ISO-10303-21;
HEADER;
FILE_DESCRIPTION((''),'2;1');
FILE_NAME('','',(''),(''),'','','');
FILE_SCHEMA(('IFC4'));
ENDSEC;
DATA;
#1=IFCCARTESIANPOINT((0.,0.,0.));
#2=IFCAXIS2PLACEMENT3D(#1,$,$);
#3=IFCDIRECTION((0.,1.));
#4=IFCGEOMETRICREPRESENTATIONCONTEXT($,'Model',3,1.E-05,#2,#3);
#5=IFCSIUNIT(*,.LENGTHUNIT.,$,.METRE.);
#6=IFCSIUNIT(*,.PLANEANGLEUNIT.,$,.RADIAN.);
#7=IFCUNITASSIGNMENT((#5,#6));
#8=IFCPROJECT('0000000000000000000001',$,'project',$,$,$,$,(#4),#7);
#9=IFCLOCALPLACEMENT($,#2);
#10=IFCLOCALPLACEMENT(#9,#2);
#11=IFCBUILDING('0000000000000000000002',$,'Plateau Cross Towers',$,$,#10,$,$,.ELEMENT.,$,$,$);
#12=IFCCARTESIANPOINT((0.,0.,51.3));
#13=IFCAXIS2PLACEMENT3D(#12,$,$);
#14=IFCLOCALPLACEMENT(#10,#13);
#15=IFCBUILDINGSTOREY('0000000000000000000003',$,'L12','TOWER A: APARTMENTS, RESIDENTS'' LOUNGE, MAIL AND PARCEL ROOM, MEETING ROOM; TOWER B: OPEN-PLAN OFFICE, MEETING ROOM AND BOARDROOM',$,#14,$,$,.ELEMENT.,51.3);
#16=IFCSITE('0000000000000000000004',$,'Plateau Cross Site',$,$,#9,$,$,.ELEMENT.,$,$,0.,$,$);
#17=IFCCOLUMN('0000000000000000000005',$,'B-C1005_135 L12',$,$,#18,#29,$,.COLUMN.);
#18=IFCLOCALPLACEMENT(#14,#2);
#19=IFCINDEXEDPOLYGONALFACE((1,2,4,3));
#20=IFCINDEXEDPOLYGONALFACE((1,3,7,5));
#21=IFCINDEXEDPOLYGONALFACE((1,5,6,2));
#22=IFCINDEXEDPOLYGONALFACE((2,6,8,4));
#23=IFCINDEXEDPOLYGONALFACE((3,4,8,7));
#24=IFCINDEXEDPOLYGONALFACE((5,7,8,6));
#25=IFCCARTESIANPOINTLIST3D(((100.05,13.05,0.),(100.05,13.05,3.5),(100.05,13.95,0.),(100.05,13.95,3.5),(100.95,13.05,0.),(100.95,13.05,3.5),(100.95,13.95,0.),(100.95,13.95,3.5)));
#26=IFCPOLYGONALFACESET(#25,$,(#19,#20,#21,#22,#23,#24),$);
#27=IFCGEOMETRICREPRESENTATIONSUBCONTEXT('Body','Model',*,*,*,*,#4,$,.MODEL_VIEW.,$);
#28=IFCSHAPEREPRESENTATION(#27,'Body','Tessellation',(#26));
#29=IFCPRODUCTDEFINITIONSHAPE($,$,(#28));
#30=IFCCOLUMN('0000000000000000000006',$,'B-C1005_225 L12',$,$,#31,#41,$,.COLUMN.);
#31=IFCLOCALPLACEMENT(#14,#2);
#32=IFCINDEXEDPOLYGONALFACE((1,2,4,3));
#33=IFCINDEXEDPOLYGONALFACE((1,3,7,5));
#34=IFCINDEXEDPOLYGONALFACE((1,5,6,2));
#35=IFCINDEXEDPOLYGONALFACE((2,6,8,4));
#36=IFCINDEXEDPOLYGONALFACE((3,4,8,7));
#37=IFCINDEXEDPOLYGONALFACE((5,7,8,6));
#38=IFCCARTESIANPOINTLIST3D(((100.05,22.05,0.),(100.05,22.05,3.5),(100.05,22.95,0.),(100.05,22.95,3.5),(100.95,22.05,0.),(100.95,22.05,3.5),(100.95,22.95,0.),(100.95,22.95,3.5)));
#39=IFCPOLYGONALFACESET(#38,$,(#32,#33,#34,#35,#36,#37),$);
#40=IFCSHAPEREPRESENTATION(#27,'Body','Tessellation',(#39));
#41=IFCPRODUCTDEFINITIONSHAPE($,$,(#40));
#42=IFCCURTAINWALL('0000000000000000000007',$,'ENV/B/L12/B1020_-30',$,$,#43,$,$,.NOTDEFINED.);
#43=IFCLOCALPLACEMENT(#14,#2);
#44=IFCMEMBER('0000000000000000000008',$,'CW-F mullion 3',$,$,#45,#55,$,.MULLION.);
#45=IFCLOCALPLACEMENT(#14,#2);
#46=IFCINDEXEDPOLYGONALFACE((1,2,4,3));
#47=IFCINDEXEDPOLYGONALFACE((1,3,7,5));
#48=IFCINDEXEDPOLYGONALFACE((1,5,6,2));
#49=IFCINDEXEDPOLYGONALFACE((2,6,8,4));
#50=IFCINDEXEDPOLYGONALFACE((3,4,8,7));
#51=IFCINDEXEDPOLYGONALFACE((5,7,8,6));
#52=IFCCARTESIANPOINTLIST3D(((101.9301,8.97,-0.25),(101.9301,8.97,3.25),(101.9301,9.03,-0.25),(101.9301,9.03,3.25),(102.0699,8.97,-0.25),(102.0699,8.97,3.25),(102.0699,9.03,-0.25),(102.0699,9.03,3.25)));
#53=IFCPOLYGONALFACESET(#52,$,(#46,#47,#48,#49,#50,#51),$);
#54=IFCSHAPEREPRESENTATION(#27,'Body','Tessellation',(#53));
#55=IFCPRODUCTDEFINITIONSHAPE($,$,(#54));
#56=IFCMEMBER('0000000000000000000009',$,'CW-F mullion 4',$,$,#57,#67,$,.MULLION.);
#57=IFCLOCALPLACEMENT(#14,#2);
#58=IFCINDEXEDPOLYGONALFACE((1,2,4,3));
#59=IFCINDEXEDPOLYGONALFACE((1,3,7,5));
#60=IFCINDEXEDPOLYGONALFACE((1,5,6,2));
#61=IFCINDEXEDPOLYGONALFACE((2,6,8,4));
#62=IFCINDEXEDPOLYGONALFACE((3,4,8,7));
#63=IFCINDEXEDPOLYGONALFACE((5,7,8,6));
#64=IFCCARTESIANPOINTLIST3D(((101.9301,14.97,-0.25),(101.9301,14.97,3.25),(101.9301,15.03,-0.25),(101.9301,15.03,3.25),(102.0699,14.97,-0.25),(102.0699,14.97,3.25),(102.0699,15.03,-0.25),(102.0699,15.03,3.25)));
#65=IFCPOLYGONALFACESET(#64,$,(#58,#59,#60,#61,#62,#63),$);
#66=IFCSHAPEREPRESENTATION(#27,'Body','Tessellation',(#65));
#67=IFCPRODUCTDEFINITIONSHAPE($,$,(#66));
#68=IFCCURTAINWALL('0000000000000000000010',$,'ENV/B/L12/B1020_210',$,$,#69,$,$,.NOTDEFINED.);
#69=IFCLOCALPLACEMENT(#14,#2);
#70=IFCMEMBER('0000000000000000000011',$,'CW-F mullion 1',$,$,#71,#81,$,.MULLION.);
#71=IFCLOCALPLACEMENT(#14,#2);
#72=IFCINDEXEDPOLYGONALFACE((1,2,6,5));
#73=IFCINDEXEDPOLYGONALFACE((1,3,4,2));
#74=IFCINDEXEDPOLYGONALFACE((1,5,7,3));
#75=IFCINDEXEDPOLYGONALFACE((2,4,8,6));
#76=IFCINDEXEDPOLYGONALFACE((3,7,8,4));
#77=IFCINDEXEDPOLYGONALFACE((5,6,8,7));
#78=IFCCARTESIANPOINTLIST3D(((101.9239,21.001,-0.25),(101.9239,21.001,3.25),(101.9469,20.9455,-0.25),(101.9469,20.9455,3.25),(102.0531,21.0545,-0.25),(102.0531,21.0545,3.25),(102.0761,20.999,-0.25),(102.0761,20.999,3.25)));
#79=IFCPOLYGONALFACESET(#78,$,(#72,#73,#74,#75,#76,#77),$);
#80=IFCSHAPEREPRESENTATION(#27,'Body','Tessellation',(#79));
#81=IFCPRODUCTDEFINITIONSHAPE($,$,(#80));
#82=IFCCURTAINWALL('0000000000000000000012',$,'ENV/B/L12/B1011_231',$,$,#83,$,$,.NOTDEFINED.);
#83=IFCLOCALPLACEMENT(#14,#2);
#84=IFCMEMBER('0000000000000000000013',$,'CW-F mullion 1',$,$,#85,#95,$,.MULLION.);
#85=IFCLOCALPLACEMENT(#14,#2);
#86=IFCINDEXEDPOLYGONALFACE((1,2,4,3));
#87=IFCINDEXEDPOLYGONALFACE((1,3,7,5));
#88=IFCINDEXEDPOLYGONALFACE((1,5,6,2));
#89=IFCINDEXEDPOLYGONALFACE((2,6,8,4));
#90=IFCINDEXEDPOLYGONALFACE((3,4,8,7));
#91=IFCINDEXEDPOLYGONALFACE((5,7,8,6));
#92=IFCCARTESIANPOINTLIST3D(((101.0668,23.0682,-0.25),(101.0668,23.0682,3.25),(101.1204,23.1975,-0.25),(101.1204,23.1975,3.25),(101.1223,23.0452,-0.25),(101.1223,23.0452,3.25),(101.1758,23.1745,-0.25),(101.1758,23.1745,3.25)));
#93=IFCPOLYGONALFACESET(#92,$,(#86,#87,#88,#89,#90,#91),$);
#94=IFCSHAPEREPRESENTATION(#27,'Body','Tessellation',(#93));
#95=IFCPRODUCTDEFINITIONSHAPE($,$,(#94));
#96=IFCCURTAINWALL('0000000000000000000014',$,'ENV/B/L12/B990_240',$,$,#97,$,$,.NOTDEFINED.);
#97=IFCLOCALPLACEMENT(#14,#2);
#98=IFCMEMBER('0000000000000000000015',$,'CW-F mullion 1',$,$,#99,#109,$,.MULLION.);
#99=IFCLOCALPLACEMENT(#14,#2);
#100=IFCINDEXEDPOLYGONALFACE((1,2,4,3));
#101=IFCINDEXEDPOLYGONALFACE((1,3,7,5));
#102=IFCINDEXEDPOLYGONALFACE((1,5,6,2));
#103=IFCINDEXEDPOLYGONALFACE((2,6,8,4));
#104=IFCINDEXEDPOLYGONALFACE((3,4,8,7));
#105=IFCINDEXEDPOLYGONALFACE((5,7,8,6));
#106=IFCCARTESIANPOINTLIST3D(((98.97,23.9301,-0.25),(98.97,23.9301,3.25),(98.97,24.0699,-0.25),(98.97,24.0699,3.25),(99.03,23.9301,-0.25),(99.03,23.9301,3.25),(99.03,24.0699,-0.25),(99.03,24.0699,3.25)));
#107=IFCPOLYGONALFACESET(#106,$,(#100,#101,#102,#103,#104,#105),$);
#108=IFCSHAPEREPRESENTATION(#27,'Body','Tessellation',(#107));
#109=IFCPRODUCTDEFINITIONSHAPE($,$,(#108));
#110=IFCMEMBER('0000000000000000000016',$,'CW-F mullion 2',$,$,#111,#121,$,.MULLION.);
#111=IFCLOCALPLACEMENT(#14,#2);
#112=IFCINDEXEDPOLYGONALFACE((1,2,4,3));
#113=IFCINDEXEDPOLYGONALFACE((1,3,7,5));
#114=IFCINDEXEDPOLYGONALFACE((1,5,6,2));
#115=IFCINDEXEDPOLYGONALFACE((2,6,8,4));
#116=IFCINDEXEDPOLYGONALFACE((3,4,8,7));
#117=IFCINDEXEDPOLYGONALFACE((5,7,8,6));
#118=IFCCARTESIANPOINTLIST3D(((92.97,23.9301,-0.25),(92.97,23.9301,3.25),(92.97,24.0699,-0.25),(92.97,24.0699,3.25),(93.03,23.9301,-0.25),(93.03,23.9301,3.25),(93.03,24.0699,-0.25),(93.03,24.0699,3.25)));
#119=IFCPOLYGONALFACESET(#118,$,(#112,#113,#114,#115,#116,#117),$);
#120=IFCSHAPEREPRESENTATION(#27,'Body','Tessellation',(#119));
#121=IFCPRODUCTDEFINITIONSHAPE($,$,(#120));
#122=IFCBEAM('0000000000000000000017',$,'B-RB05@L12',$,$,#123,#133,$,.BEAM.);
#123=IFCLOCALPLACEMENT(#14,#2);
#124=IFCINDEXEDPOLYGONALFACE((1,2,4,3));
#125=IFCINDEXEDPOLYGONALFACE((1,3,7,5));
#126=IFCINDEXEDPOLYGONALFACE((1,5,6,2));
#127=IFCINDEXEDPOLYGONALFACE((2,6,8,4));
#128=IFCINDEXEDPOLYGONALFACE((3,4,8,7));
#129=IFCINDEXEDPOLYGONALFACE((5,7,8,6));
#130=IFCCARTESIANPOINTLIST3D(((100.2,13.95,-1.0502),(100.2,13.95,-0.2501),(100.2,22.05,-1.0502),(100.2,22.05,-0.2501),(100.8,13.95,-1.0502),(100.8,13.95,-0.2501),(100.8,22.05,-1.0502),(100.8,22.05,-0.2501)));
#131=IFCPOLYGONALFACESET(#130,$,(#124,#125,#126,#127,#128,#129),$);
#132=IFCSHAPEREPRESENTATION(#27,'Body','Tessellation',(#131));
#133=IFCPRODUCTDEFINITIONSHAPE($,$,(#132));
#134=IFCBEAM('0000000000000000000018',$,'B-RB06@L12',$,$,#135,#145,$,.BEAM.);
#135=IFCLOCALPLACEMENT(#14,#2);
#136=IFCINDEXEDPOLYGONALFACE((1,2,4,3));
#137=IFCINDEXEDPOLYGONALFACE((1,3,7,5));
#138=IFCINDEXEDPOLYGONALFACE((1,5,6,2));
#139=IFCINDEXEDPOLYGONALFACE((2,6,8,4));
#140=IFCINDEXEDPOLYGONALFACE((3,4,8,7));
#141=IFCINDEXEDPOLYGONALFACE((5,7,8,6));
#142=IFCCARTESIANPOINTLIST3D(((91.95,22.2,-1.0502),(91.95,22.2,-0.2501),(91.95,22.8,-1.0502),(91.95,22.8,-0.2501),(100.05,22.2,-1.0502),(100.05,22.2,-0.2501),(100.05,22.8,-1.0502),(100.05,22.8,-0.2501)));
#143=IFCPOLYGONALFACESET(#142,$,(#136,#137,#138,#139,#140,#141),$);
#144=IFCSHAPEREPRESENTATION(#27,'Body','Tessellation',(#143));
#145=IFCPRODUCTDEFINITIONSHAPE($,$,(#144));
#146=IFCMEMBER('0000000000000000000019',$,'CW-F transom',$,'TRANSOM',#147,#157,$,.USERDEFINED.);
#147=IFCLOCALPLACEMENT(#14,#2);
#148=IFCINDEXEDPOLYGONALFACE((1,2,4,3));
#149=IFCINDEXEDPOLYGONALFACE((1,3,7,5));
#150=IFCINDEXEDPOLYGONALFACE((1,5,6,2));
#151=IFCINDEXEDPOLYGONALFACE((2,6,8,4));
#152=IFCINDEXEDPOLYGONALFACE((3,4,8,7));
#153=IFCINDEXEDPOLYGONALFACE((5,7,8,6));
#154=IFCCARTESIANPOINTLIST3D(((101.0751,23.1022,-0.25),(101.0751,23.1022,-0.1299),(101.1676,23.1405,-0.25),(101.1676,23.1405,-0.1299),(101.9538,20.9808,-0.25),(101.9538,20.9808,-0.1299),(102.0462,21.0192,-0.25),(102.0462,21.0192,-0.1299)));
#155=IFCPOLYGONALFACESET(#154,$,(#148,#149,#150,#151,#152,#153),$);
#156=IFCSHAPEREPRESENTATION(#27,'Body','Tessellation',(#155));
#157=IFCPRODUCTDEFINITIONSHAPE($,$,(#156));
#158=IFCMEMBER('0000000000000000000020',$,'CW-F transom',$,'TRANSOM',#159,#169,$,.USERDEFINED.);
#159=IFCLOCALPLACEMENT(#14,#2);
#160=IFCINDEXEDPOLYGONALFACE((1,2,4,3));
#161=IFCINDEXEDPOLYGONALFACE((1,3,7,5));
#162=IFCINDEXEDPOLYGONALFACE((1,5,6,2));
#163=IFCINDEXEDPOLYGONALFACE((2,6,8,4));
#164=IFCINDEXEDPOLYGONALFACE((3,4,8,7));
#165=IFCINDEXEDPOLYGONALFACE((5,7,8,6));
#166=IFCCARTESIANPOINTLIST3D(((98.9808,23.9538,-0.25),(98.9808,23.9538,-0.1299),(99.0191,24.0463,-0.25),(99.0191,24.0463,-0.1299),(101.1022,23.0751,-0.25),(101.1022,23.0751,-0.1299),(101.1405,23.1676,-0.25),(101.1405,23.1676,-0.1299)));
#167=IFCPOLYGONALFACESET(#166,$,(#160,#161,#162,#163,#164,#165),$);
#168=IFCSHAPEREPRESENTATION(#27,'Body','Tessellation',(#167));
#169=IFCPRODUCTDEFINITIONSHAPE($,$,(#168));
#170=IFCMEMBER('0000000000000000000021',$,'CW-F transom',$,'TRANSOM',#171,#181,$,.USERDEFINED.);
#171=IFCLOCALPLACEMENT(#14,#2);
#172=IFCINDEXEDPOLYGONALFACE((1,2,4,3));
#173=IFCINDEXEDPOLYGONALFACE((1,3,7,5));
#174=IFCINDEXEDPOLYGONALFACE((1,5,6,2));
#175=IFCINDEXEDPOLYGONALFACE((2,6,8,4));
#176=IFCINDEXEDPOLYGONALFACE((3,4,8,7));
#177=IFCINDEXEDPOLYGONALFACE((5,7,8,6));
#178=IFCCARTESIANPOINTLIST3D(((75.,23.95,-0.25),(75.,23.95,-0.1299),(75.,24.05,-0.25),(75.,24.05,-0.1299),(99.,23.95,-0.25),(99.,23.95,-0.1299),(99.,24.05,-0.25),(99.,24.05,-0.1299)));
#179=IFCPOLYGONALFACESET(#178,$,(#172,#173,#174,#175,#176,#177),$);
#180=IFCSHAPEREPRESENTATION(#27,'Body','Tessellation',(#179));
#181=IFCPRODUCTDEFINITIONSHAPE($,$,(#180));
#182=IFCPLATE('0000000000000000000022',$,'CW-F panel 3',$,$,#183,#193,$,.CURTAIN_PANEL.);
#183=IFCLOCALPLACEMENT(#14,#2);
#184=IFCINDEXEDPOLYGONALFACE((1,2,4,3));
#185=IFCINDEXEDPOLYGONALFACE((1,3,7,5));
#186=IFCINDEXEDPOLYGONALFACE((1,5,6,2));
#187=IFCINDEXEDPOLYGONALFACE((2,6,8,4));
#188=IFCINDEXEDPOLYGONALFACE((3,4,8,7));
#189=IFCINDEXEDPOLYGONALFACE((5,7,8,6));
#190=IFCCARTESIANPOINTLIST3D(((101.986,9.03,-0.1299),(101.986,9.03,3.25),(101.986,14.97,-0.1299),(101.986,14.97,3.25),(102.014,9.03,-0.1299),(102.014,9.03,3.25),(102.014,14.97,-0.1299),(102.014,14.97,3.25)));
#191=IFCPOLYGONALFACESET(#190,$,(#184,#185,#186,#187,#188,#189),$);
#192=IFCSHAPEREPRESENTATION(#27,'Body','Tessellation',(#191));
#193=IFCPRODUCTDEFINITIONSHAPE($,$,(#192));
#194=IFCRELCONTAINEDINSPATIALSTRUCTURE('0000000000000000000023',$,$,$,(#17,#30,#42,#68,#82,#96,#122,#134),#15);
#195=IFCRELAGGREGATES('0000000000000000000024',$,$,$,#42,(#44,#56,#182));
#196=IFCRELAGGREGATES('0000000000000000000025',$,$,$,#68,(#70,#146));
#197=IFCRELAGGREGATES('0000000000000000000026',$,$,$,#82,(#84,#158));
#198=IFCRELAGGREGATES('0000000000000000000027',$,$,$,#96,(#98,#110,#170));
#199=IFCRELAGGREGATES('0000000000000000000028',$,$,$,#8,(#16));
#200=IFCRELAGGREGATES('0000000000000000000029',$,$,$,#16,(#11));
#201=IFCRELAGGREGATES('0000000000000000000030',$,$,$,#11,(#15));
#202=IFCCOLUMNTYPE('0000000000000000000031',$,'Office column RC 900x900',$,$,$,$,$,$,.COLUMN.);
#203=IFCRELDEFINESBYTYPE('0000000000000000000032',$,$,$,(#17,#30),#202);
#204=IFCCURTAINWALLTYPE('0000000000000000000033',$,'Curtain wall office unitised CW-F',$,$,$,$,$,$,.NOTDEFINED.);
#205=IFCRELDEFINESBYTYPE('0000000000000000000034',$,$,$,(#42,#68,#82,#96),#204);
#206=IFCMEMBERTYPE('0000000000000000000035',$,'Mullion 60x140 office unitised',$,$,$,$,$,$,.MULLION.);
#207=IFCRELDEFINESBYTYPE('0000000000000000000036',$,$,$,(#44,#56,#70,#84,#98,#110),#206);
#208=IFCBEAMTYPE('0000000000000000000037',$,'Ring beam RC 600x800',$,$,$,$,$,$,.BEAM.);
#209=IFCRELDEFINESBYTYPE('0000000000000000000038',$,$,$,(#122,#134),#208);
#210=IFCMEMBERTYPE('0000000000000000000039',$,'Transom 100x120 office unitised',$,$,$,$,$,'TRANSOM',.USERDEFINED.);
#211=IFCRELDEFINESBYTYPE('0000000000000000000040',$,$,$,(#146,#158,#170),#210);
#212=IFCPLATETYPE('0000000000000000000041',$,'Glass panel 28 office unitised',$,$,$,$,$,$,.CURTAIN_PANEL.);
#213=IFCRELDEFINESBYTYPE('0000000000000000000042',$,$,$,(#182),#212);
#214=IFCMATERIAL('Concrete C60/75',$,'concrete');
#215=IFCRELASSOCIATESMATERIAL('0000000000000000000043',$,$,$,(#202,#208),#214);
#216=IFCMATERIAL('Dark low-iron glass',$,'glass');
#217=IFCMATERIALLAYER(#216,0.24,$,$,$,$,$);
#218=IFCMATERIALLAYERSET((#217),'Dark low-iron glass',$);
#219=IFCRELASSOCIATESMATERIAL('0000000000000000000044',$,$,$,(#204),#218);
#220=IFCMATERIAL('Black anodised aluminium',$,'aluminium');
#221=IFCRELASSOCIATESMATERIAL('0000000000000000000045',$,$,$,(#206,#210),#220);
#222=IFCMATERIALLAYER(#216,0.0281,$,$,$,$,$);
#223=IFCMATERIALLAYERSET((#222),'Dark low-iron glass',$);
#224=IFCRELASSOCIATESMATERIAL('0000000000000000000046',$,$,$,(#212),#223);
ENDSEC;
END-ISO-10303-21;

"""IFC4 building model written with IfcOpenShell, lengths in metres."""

from ifc_helpers import new_model, si_unit, direction, frame, origin, origin_2d, place, context, subcontext, project, spatial, rectangle, extrude, material, layer, layer_set, material_profile, profile_set, type_object, element, aggregate, save


model = new_model("IFC4")

# Units and contexts
model_context = context("Model", 3, precision=1e-05, world=origin(), true_north=direction((0.0, 1.0)))
body_context = subcontext(model_context, "Body", "Model", "MODEL_VIEW")
ifc_project = project(units=[si_unit("LENGTHUNIT", "METRE"), si_unit("PLANEANGLEUNIT", "RADIAN")], contexts=[model_context])

# Site, building, storey
site_placement = place(None, origin())
site = spatial("IfcSite", under=ifc_project, at=site_placement, Name="Plateau Cross Site", CompositionType="ELEMENT", RefElevation=0.0)
building_placement = place(site_placement, origin())
building = spatial("IfcBuilding", under=site, at=building_placement, Name="Plateau Cross Towers", CompositionType="ELEMENT")
storey_placement = place(building_placement, frame((0.0, 0.0, 51.3)))
storey = spatial("IfcBuildingStorey", under=building, at=storey_placement, Name="L12", Description="TOWER A: APARTMENTS, RESIDENTS' LOUNGE, MAIL AND PARCEL ROOM, MEETING ROOM; TOWER B: OPEN-PLAN OFFICE, MEETING ROOM AND BOARDROOM", CompositionType="ELEMENT", Elevation=51.3)

# Columns
ifc_material_1 = material(Name="Concrete C60/75", Category="concrete")
ifc_material_profile_1 = material_profile(ifc_material_1, rectangle(XDim=0.8999, YDim=0.8999, at=origin_2d()), Name="RC 900x900")
ifc_profile_set_1 = profile_set([ifc_material_profile_1], Name="Concrete C60/75")
column_type = type_object("IfcColumnType", Name="Office column RC 900x900", PredefinedType="COLUMN", material=ifc_profile_set_1)
for number, where, z_axis, x_axis, name in (
    (1, (100.5, 13.5, 0.0), (0.0, 0.0, 1.0), (1.0, 0.0, 0.0), "B-C1005_135 L12"),
    (2, (100.5, 22.5, 0.0), (0.0, 0.0, 1.0), (1.0, 0.0, 0.0), "B-C1005_225 L12"),
):
    element("IfcColumn", number, at=place(storey_placement, frame(where, z_axis=z_axis, x_axis=x_axis)), inside=storey, type_object=column_type, Name=name, PredefinedType="COLUMN", context=body_context, shape_type="SweptSolid", body=[
        extrude(rectangle(XDim=0.8999, YDim=0.8999, at=origin_2d()), origin(), (0.0, 0.0, 1.0), 3.5),
    ])

# Curtain wall, members
ifc_material_2 = material(Name="Dark low-iron glass", Category="glass")
ifc_layer_1 = layer(ifc_material_2, 0.24)
ifc_layer_set_1 = layer_set([ifc_layer_1], Name="Dark low-iron glass")
curtain_wall_type = type_object("IfcCurtainWallType", Name="Curtain wall office unitised CW-F", PredefinedType="NOTDEFINED", material=ifc_layer_set_1)
curtain_wall_1_placement = place(storey_placement, origin())
curtain_wall_1 = element("IfcCurtainWall", 3, at=curtain_wall_1_placement, inside=storey, type_object=curtain_wall_type, Name="ENV/B/L12/B1020_-30", PredefinedType="NOTDEFINED")
ifc_material_3 = material(Name="Black anodised aluminium", Category="aluminium")
ifc_material_profile_2 = material_profile(ifc_material_3, rectangle(XDim=0.0601, YDim=0.1399, at=origin_2d()), Name="MULLION 60x140")
ifc_profile_set_2 = profile_set([ifc_material_profile_2], Name="Black anodised aluminium")
member_type_1 = type_object("IfcMemberType", Name="Mullion 60x140 office unitised", PredefinedType="MULLION", material=ifc_profile_set_2)
member_1_placement = place(storey_placement, frame((102.0, 9.0, -0.25), z_axis=(0.0, 0.0, 1.0), x_axis=(0.0, 1.0, 0.0)))
member_1 = element("IfcMember", 4, at=member_1_placement, type_object=member_type_1, Name="CW-F mullion 3", PredefinedType="MULLION", context=body_context, shape_type="SweptSolid", body=[
    extrude(rectangle(XDim=0.0601, YDim=0.1399, at=origin_2d()), origin(), (0.0, 0.0, 1.0), 3.5),
])
member_2_placement = place(storey_placement, frame((102.0, 15.0, -0.25), z_axis=(0.0, 0.0, 1.0), x_axis=(0.0, 1.0, 0.0)))
member_2 = element("IfcMember", 5, at=member_2_placement, type_object=member_type_1, Name="CW-F mullion 4", PredefinedType="MULLION", context=body_context, shape_type="SweptSolid", body=[
    extrude(rectangle(XDim=0.0601, YDim=0.1399, at=origin_2d()), origin(), (0.0, 0.0, 1.0), 3.5),
])

# Curtain walls, members
curtain_wall_2_placement = place(storey_placement, origin())
curtain_wall_2 = element("IfcCurtainWall", 6, at=curtain_wall_2_placement, inside=storey, type_object=curtain_wall_type, Name="ENV/B/L12/B1020_210", PredefinedType="NOTDEFINED")
member_3_placement = place(storey_placement, frame((102.0, 21.0, -0.25), z_axis=(0.0, 0.0, 1.0), x_axis=(-0.382684, 0.923879, 0.0)))
member_3 = element("IfcMember", 7, at=member_3_placement, type_object=member_type_1, Name="CW-F mullion 1", PredefinedType="MULLION", context=body_context, shape_type="SweptSolid", body=[
    extrude(rectangle(XDim=0.0601, YDim=0.1399, at=origin_2d()), origin(), (0.0, 0.0, 1.0), 3.5),
])
curtain_wall_3_placement = place(storey_placement, origin())
curtain_wall_3 = element("IfcCurtainWall", 8, at=curtain_wall_3_placement, inside=storey, type_object=curtain_wall_type, Name="ENV/B/L12/B1011_231", PredefinedType="NOTDEFINED")
member_4_placement = place(storey_placement, frame((101.1213, 23.1213, -0.25), z_axis=(0.0, 0.0, 1.0), x_axis=(-0.923879, 0.382684, 0.0)))
member_4 = element("IfcMember", 9, at=member_4_placement, type_object=member_type_1, Name="CW-F mullion 1", PredefinedType="MULLION", context=body_context, shape_type="SweptSolid", body=[
    extrude(rectangle(XDim=0.0601, YDim=0.1399, at=origin_2d()), origin(), (0.0, 0.0, 1.0), 3.5),
])

# Curtain wall, members
curtain_wall_4_placement = place(storey_placement, origin())
curtain_wall_4 = element("IfcCurtainWall", 10, at=curtain_wall_4_placement, inside=storey, type_object=curtain_wall_type, Name="ENV/B/L12/B990_240", PredefinedType="NOTDEFINED")
member_5_placement = place(storey_placement, frame((99.0, 24.0, -0.25), z_axis=(0.0, 0.0, 1.0), x_axis=(-1.0, 0.0, 0.0)))
member_5 = element("IfcMember", 11, at=member_5_placement, type_object=member_type_1, Name="CW-F mullion 1", PredefinedType="MULLION", context=body_context, shape_type="SweptSolid", body=[
    extrude(rectangle(XDim=0.0601, YDim=0.1399, at=origin_2d()), origin(), (0.0, 0.0, 1.0), 3.5),
])
member_6_placement = place(storey_placement, frame((93.0, 24.0, -0.25), z_axis=(0.0, 0.0, 1.0), x_axis=(-1.0, 0.0, 0.0)))
member_6 = element("IfcMember", 12, at=member_6_placement, type_object=member_type_1, Name="CW-F mullion 2", PredefinedType="MULLION", context=body_context, shape_type="SweptSolid", body=[
    extrude(rectangle(XDim=0.0601, YDim=0.1399, at=origin_2d()), origin(), (0.0, 0.0, 1.0), 3.5),
])

# Beams
ifc_material_profile_3 = material_profile(ifc_material_1, rectangle(XDim=0.6001, YDim=0.8, at=origin_2d()), Name="RC 600x800")
ifc_profile_set_3 = profile_set([ifc_material_profile_3], Name="Concrete C60/75")
beam_type = type_object("IfcBeamType", Name="Ring beam RC 600x800", PredefinedType="BEAM", material=ifc_profile_set_3)
for number, where, z_axis, x_axis, name in (
    (13, (100.5, 13.95, -0.6501), (0.0, 1.0, 0.0), (-1.0, 0.0, 0.0), "B-RB05@L12"),
    (14, (100.05, 22.5, -0.6501), (-1.0, 0.0, 0.0), (0.0, -1.0, 0.0), "B-RB06@L12"),
):
    element("IfcBeam", number, at=place(storey_placement, frame(where, z_axis=z_axis, x_axis=x_axis)), inside=storey, type_object=beam_type, Name=name, PredefinedType="BEAM", context=body_context, shape_type="SweptSolid", body=[
        extrude(rectangle(XDim=0.6001, YDim=0.8, at=origin_2d()), origin(), (0.0, 0.0, 1.0), 8.1001),
    ])

# Members
ifc_material_profile_4 = material_profile(ifc_material_3, rectangle(XDim=0.1001, YDim=0.1201, at=origin_2d()), Name="TRANSOM 100x120")
ifc_profile_set_4 = profile_set([ifc_material_profile_4], Name="Black anodised aluminium")
member_type_2 = type_object("IfcMemberType", Name="Transom 100x120 office unitised", ElementType="TRANSOM", PredefinedType="USERDEFINED", material=ifc_profile_set_4)
member_7_placement = place(storey_placement, frame((102.0, 21.0, -0.1899), z_axis=(-0.382674, 0.923883, 0.0), x_axis=(-0.923883, -0.382674, 0.0)))
member_7 = element("IfcMember", 15, at=member_7_placement, type_object=member_type_2, Name="CW-F transom", ObjectType="TRANSOM", PredefinedType="USERDEFINED", context=body_context, shape_type="SweptSolid", body=[
    extrude(rectangle(XDim=0.1001, YDim=0.1201, at=origin_2d()), origin(), (0.0, 0.0, 1.0), 2.2961),
])
member_8_placement = place(storey_placement, frame((101.1213, 23.1213, -0.1899), z_axis=(-0.923883, 0.382674, 0.0), x_axis=(-0.382674, -0.923883, 0.0)))
member_8 = element("IfcMember", 16, at=member_8_placement, type_object=member_type_2, Name="CW-F transom", ObjectType="TRANSOM", PredefinedType="USERDEFINED", context=body_context, shape_type="SweptSolid", body=[
    extrude(rectangle(XDim=0.1001, YDim=0.1201, at=origin_2d()), origin(), (0.0, 0.0, 1.0), 2.2961),
])
member_9_placement = place(storey_placement, frame((99.0, 24.0, -0.1899), z_axis=(-1.0, 0.0, 0.0), x_axis=(0.0, -1.0, 0.0)))
member_9 = element("IfcMember", 17, at=member_9_placement, type_object=member_type_2, Name="CW-F transom", ObjectType="TRANSOM", PredefinedType="USERDEFINED", context=body_context, shape_type="SweptSolid", body=[
    extrude(rectangle(XDim=0.1001, YDim=0.1201, at=origin_2d()), origin(), (0.0, 0.0, 1.0), 24.0),
])

# Plate
ifc_layer_2 = layer(ifc_material_2, 0.0281)
ifc_layer_set_2 = layer_set([ifc_layer_2], Name="Dark low-iron glass")
plate_type = type_object("IfcPlateType", Name="Glass panel 28 office unitised", PredefinedType="CURTAIN_PANEL", material=ifc_layer_set_2)
plate_1_placement = place(storey_placement, frame((102.0, 12.0, -0.1299), z_axis=(0.0, 0.0, 1.0), x_axis=(0.0, 1.0, 0.0)))
plate_1 = element("IfcPlate", 18, at=plate_1_placement, type_object=plate_type, Name="CW-F panel 3", PredefinedType="CURTAIN_PANEL", context=body_context, shape_type="SweptSolid", body=[
    extrude(rectangle(XDim=5.9399, YDim=0.0281, at=origin_2d()), origin(), (0.0, 0.0, 1.0), 3.3799),
])
aggregate(curtain_wall_1, [member_1, member_2, plate_1])
aggregate(curtain_wall_2, [member_3, member_7])
aggregate(curtain_wall_3, [member_4, member_8])
aggregate(curtain_wall_4, [member_5, member_6, member_9])

save(model, "model.ifc")
